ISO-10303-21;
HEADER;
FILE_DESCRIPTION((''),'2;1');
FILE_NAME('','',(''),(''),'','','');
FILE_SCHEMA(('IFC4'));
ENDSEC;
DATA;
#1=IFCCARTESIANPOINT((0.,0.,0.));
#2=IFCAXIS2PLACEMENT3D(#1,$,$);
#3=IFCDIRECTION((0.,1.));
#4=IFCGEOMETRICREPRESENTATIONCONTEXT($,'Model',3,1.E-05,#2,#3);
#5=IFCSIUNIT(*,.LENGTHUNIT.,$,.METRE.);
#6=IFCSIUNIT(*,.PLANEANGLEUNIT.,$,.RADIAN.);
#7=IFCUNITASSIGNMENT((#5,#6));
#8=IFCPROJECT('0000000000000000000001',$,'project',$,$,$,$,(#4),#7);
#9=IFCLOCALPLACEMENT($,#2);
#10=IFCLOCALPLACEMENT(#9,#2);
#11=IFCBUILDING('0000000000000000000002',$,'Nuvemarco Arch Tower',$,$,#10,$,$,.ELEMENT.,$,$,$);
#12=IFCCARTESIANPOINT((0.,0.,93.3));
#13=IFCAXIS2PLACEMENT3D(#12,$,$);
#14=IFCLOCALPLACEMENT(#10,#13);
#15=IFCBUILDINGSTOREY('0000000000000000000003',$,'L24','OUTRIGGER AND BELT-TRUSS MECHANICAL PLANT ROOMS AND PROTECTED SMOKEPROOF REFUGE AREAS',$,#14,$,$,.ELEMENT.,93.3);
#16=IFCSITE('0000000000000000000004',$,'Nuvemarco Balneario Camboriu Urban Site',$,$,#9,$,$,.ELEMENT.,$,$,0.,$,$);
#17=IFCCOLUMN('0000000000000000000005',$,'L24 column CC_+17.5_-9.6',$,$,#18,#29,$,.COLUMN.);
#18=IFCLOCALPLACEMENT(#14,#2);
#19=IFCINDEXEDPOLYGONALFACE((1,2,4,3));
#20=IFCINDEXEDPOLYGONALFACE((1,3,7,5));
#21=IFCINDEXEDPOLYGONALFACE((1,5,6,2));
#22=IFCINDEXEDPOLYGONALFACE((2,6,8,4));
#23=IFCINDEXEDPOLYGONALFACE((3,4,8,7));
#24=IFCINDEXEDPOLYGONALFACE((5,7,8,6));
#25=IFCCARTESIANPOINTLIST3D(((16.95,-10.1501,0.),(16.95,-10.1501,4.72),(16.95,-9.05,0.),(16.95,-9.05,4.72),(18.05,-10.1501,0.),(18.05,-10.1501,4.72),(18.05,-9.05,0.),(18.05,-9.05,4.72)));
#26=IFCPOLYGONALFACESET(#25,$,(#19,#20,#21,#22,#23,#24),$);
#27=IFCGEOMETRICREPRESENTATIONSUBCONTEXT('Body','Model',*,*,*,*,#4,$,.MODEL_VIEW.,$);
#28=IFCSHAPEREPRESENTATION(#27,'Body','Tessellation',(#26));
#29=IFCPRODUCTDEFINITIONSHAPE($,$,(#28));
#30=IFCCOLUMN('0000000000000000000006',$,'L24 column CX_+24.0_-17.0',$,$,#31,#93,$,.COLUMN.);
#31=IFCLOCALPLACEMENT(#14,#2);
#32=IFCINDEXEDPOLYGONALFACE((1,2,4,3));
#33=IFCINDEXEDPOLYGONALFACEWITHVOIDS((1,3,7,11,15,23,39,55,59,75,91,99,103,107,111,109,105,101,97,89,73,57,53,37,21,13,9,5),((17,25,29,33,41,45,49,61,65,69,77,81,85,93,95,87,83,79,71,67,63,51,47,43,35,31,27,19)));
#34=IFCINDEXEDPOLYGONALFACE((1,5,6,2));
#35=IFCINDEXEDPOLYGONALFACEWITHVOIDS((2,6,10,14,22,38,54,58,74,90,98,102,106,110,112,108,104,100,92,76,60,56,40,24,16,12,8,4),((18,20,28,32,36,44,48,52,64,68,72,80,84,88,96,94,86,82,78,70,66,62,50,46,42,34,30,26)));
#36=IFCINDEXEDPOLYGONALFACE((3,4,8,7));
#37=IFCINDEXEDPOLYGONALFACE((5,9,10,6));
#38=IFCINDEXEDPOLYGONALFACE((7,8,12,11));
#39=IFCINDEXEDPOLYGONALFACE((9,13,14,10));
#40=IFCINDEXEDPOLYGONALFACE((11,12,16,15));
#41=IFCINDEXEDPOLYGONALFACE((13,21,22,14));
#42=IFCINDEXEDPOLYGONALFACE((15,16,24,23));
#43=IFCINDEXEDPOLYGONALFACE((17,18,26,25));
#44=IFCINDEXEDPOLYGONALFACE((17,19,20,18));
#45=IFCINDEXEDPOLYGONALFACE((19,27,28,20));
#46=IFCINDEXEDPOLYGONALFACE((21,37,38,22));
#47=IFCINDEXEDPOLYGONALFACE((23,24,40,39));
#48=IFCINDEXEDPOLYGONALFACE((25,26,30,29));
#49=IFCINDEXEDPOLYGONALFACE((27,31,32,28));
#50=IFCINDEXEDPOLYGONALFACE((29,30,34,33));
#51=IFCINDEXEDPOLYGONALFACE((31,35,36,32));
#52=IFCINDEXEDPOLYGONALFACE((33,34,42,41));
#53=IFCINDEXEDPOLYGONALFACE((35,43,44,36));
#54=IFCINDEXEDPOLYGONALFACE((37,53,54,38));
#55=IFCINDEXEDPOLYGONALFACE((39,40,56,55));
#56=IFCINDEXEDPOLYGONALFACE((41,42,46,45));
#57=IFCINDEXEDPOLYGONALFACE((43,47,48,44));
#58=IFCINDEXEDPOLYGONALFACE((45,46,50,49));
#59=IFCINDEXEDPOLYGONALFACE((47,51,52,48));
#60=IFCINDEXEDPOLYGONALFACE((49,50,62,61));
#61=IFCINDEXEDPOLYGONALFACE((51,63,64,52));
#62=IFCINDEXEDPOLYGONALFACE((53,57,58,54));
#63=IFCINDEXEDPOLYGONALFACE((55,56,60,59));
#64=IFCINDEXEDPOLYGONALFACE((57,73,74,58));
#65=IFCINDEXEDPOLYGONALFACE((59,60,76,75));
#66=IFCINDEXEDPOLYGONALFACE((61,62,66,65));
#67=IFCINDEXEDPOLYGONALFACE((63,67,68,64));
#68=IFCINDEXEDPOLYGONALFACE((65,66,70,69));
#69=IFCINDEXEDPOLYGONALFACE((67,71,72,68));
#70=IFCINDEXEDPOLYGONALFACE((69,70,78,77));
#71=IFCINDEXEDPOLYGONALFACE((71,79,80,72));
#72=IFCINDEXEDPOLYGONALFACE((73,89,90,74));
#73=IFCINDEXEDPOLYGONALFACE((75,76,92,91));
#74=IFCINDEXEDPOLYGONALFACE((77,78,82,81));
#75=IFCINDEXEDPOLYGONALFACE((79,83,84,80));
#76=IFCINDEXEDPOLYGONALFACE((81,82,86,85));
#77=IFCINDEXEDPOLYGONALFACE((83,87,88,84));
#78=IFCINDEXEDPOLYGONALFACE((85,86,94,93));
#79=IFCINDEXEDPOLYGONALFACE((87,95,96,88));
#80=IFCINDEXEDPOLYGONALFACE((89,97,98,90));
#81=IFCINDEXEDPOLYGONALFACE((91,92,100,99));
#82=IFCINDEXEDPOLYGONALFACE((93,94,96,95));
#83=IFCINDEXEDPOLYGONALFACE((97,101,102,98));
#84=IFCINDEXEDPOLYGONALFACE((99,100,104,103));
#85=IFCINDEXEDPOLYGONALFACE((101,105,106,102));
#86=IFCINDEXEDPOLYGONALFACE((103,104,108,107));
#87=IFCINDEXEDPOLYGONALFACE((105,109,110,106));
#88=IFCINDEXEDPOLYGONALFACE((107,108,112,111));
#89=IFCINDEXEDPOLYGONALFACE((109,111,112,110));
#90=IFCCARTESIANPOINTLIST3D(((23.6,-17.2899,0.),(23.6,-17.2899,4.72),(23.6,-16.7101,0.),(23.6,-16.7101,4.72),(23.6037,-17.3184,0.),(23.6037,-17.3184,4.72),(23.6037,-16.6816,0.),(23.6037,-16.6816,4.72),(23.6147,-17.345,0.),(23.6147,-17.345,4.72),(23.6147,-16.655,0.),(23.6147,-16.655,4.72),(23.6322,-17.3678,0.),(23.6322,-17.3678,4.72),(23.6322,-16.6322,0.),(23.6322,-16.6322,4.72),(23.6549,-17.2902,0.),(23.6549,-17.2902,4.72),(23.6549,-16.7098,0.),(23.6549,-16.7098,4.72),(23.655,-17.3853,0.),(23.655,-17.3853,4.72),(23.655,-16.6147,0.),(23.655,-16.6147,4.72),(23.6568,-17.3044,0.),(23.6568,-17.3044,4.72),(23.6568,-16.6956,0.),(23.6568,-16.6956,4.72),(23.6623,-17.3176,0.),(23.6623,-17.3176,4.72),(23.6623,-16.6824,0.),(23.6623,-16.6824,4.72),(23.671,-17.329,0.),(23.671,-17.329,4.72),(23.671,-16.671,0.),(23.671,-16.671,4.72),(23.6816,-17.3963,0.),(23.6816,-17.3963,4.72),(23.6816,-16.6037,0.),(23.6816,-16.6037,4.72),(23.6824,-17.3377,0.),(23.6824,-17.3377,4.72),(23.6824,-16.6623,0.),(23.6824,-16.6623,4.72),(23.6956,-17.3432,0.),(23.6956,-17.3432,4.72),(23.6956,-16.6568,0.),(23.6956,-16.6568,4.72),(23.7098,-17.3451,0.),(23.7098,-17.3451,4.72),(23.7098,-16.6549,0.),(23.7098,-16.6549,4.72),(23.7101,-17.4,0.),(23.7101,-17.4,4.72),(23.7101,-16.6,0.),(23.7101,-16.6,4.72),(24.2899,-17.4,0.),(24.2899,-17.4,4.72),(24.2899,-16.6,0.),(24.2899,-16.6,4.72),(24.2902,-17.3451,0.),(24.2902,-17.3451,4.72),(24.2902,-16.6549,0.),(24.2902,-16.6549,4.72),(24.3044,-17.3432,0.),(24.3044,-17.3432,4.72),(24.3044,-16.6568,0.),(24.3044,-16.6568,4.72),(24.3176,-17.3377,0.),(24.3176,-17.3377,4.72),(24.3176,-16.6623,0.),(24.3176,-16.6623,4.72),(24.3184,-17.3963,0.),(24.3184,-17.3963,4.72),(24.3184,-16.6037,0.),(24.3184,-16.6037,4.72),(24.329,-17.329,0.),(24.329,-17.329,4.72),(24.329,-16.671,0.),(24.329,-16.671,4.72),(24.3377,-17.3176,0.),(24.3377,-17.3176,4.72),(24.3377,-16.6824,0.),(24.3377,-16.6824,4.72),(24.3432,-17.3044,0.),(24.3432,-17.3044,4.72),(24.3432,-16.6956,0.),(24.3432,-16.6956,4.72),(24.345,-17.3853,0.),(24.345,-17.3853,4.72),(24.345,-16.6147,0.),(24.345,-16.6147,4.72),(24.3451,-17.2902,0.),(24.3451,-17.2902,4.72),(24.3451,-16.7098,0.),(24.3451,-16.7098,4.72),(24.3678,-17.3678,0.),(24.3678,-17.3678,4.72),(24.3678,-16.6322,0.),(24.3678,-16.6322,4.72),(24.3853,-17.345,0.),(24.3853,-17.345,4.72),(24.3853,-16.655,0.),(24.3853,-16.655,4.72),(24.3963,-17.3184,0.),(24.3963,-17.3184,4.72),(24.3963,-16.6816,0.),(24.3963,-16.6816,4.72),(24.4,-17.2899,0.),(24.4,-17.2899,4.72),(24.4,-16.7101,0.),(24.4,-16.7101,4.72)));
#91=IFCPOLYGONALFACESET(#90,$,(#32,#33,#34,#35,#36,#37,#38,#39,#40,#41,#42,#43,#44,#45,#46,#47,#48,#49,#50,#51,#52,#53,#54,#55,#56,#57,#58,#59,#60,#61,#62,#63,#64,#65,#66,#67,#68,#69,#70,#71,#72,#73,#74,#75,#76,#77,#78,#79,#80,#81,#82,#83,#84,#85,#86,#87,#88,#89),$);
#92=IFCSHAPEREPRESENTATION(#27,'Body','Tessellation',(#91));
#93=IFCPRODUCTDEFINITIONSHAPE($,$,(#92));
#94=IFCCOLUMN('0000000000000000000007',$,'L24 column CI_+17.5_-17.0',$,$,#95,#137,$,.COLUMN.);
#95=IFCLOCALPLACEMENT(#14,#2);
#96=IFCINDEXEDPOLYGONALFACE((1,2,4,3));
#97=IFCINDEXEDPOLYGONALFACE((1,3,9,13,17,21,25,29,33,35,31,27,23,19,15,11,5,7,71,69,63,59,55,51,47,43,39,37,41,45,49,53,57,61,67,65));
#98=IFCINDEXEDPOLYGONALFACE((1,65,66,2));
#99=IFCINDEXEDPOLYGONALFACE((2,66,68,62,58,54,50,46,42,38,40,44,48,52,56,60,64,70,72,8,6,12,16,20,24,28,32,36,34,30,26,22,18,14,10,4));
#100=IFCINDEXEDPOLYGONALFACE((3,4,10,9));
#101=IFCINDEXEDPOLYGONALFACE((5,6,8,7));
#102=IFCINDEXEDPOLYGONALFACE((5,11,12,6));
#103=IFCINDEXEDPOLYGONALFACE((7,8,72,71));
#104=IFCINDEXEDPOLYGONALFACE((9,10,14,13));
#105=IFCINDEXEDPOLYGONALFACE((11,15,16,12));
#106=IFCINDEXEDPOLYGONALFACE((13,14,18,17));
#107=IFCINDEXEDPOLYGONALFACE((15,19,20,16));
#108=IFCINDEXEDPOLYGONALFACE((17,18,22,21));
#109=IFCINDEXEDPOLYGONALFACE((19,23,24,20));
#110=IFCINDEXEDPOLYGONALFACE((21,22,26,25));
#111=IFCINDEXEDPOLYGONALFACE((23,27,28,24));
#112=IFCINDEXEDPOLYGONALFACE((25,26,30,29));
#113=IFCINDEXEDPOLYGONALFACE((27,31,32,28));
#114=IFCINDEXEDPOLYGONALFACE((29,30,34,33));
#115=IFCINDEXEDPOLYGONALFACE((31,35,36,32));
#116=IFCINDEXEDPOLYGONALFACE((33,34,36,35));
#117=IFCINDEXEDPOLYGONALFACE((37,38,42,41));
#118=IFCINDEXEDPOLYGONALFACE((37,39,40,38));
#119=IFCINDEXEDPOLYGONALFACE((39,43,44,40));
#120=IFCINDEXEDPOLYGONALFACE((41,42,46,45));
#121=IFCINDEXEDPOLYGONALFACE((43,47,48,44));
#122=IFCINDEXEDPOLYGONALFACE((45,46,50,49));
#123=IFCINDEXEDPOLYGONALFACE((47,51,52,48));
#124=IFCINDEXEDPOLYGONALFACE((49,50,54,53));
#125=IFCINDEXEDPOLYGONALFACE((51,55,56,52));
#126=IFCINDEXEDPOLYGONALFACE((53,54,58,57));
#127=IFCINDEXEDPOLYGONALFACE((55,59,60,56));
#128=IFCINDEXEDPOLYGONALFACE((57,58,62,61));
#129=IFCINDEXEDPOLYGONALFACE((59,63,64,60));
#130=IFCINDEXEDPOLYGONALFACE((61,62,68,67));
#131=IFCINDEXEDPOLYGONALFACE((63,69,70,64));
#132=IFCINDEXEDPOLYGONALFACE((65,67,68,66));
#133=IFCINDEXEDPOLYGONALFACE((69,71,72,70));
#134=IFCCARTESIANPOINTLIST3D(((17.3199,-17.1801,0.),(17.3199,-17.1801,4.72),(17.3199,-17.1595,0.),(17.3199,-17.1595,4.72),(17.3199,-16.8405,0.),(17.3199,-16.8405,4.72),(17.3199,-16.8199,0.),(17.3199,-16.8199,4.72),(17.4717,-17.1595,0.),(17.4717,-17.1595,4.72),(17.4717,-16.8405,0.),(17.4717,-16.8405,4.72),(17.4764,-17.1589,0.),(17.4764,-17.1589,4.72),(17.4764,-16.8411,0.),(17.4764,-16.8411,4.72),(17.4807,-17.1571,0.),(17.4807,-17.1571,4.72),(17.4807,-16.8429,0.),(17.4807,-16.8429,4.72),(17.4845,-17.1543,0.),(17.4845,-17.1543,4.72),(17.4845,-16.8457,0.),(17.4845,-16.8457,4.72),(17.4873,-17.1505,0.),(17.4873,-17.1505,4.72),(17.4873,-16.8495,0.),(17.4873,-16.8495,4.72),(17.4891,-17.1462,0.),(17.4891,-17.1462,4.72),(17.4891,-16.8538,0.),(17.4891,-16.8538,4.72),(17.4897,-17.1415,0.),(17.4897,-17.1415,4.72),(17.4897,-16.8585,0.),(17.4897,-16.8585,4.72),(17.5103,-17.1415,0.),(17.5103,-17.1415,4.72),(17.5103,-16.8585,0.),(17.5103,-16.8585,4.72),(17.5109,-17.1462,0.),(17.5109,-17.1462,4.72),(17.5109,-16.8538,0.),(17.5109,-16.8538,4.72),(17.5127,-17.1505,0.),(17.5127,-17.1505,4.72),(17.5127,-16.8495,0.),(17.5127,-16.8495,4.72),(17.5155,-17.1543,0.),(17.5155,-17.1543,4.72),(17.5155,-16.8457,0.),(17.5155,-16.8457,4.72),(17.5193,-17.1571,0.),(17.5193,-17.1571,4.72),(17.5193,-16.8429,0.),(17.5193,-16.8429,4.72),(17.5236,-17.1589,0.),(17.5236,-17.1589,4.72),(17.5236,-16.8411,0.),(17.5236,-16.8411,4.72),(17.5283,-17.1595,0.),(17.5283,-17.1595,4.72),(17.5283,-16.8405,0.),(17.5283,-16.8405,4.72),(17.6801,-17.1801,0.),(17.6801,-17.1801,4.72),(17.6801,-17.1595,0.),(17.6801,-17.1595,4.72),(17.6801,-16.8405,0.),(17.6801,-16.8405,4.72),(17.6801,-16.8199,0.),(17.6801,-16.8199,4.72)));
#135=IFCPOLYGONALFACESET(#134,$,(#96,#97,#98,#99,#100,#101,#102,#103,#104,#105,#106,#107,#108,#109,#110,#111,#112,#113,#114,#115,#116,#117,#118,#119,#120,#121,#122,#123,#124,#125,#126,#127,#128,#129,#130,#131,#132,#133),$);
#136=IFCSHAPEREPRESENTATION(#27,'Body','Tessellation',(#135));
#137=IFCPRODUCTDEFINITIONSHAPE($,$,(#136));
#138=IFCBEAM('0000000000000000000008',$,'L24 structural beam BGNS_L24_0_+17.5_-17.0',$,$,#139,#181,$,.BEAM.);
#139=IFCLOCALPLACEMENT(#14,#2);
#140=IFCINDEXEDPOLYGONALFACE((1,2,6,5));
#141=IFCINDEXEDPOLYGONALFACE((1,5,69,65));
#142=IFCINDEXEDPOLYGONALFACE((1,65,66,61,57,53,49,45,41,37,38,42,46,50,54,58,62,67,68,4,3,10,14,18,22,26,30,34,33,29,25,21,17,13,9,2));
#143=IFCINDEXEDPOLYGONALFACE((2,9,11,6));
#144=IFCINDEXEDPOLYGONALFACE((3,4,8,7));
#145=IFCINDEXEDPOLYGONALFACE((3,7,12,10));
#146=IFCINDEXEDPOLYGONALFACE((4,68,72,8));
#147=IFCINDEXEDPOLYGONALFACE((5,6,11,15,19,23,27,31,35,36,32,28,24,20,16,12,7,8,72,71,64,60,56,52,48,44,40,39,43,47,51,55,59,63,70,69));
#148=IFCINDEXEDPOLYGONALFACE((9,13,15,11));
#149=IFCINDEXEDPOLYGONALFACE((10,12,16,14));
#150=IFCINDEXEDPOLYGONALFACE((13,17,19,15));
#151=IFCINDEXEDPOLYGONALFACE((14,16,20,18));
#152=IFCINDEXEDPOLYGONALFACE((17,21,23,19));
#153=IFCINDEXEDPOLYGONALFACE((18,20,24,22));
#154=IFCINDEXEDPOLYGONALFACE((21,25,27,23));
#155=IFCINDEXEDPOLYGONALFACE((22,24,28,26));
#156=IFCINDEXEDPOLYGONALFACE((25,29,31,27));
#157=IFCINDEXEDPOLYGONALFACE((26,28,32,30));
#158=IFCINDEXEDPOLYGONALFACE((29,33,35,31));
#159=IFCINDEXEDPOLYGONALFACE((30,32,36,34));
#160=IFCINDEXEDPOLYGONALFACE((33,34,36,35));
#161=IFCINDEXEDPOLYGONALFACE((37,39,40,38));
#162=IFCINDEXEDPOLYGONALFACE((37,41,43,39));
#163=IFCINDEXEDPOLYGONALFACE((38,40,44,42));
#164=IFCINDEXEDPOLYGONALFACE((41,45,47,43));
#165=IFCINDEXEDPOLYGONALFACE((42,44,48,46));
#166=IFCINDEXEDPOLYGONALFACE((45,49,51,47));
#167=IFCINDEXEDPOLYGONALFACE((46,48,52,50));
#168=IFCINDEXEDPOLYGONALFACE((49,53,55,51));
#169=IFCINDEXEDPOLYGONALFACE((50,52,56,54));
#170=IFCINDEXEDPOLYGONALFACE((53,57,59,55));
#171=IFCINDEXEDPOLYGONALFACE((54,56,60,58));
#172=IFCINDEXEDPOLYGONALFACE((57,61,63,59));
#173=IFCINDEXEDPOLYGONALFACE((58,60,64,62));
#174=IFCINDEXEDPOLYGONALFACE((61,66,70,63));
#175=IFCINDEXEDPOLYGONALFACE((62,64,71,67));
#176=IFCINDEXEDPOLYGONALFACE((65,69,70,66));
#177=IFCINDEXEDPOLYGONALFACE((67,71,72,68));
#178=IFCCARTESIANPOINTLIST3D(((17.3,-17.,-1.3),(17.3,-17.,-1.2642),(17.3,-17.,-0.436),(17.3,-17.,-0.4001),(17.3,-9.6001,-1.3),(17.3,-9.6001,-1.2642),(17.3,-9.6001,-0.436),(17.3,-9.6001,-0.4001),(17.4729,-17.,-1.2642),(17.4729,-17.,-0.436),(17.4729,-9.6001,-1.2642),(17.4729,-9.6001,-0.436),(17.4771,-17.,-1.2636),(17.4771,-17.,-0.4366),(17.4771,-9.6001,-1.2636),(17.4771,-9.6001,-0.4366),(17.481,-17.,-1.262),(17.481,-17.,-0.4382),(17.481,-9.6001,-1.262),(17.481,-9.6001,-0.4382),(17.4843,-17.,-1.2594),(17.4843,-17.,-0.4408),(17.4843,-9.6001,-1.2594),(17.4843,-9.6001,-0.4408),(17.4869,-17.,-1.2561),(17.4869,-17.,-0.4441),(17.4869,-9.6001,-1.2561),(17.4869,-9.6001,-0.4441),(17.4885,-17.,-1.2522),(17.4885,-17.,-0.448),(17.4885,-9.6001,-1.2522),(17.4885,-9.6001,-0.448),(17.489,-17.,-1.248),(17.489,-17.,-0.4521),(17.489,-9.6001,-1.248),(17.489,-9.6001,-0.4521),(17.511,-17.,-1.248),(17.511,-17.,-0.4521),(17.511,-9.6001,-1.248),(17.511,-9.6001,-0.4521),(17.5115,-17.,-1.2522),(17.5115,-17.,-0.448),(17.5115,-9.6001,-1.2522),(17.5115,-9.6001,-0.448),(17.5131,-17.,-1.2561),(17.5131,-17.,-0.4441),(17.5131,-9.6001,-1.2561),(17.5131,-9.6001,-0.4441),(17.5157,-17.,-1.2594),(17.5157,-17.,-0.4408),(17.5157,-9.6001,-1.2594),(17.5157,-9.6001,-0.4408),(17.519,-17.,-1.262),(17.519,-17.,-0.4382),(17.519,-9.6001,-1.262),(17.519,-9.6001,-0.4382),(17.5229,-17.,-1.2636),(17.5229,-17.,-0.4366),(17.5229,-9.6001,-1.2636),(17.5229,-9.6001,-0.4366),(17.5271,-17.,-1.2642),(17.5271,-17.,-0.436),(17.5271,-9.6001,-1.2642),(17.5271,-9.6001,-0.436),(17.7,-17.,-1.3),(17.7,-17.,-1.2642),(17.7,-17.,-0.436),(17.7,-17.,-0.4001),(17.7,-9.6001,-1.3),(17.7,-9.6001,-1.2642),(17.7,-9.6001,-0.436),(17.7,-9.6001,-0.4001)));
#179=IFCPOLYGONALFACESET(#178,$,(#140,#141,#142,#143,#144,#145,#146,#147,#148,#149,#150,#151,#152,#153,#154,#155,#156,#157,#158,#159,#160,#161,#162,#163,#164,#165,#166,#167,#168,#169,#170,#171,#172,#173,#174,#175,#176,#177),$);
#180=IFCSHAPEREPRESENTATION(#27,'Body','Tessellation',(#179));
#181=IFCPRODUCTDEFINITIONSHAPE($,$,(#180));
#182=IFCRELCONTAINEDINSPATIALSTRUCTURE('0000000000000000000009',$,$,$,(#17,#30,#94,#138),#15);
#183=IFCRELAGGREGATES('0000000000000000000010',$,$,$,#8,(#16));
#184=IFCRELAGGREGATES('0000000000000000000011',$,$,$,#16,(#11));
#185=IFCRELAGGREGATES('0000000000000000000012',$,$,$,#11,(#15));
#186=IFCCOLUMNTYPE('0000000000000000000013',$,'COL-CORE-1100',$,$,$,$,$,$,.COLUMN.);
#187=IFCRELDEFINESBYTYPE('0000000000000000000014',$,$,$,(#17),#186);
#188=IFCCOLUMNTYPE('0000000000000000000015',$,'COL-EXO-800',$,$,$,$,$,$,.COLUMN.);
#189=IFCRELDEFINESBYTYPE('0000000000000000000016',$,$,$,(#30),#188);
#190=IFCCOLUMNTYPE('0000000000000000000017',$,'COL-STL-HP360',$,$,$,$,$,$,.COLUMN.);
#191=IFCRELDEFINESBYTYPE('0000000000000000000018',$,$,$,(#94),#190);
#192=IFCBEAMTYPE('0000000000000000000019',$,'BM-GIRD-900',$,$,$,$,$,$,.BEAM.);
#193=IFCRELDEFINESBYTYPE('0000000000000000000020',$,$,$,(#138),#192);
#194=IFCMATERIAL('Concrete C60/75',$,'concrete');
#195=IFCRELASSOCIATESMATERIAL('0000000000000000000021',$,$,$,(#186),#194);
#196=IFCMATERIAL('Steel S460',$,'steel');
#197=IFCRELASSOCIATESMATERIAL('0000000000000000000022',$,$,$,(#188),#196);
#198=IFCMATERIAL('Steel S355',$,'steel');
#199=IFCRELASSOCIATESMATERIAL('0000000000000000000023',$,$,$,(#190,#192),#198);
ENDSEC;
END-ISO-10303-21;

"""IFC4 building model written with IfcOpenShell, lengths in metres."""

from ifc_helpers import new_model, si_unit, direction, frame, origin, origin_2d, place, context, subcontext, project, spatial, rectangle, hollow_rectangle, i_section, extrude, material, material_profile, profile_set, type_object, element, save


model = new_model("IFC4")

# Units and contexts
model_context = context("Model", 3, precision=1e-05, world=origin(), true_north=direction((0.0, 1.0)))
body_context = subcontext(model_context, "Body", "Model", "MODEL_VIEW")
ifc_project = project(units=[si_unit("LENGTHUNIT", "METRE"), si_unit("PLANEANGLEUNIT", "RADIAN")], contexts=[model_context])

# Site, building, storey
site_placement = place(None, origin())
site = spatial("IfcSite", under=ifc_project, at=site_placement, Name="Nuvemarco Balneario Camboriu Urban Site", CompositionType="ELEMENT", RefElevation=0.0)
building_placement = place(site_placement, origin())
building = spatial("IfcBuilding", under=site, at=building_placement, Name="Nuvemarco Arch Tower", CompositionType="ELEMENT")
storey_placement = place(building_placement, frame((0.0, 0.0, 93.3)))
storey = spatial("IfcBuildingStorey", under=building, at=storey_placement, Name="L24", Description="OUTRIGGER AND BELT-TRUSS MECHANICAL PLANT ROOMS AND PROTECTED SMOKEPROOF REFUGE AREAS", CompositionType="ELEMENT", Elevation=93.3)

# Columns
ifc_material_1 = material(Name="Concrete C60/75", Category="concrete")
ifc_material_profile_1 = material_profile(ifc_material_1, rectangle(XDim=1.1001, YDim=1.1001, at=origin_2d()), Name="RC-COL-1100x1100")
ifc_profile_set_1 = profile_set([ifc_material_profile_1], Name="Concrete C60/75")
column_type_1 = type_object("IfcColumnType", Name="COL-CORE-1100", PredefinedType="COLUMN", material=ifc_profile_set_1)
column_1_placement = place(storey_placement, frame((17.5, -9.6001, 0.0), z_axis=(0.0, 0.0, 1.0), x_axis=(1.0, 0.0, 0.0)))
element("IfcColumn", 1, at=column_1_placement, inside=storey, type_object=column_type_1, Name="L24 column CC_+17.5_-9.6", PredefinedType="COLUMN", context=body_context, shape_type="SweptSolid", body=[
    extrude(rectangle(XDim=1.1001, YDim=1.1001, at=origin_2d()), origin(), (0.0, 0.0, 1.0), 4.72),
])
ifc_material_2 = material(Name="Steel S460", Category="steel")
ifc_material_profile_2 = material_profile(ifc_material_2, hollow_rectangle(XDim=0.8, YDim=0.8, WallThickness=0.0549, InnerFilletRadius=0.0549, OuterFilletRadius=0.1101, at=origin_2d()), Name="SHS800x800x55")
ifc_profile_set_2 = profile_set([ifc_material_profile_2], Name="Steel S460")
column_type_2 = type_object("IfcColumnType", Name="COL-EXO-800", PredefinedType="COLUMN", material=ifc_profile_set_2)
column_2_placement = place(storey_placement, frame((24.0, -17.0, 0.0), z_axis=(0.0, 0.0, 1.0), x_axis=(1.0, 0.0, 0.0)))
element("IfcColumn", 2, at=column_2_placement, inside=storey, type_object=column_type_2, Name="L24 column CX_+24.0_-17.0", PredefinedType="COLUMN", context=body_context, shape_type="SweptSolid", body=[
    extrude(hollow_rectangle(XDim=0.8, YDim=0.8, WallThickness=0.0549, InnerFilletRadius=0.0549, OuterFilletRadius=0.1101, at=origin_2d()), origin(), (0.0, 0.0, 1.0), 4.72),
])
ifc_material_3 = material(Name="Steel S355", Category="steel")
ifc_material_profile_3 = material_profile(ifc_material_3, i_section(OverallWidth=0.3601, OverallDepth=0.3601, WebThickness=0.0205, FlangeThickness=0.0205, FilletRadius=0.0181, at=origin_2d()), Name="HP360x174")
ifc_profile_set_3 = profile_set([ifc_material_profile_3], Name="Steel S355")
column_type_3 = type_object("IfcColumnType", Name="COL-STL-HP360", PredefinedType="COLUMN", material=ifc_profile_set_3)
column_3_placement = place(storey_placement, frame((17.5, -17.0, 0.0), z_axis=(0.0, 0.0, 1.0), x_axis=(1.0, 0.0, 0.0)))
element("IfcColumn", 3, at=column_3_placement, inside=storey, type_object=column_type_3, Name="L24 column CI_+17.5_-17.0", PredefinedType="COLUMN", context=body_context, shape_type="SweptSolid", body=[
    extrude(i_section(OverallWidth=0.3601, OverallDepth=0.3601, WebThickness=0.0205, FlangeThickness=0.0205, FilletRadius=0.0181, at=origin_2d()), origin(), (0.0, 0.0, 1.0), 4.72),
])

# Beam
ifc_material_profile_4 = material_profile(ifc_material_3, i_section(OverallWidth=0.3999, OverallDepth=0.8999, WebThickness=0.022, FlangeThickness=0.0359, FilletRadius=0.0161, at=origin_2d()), Name="PG900x400")
ifc_profile_set_4 = profile_set([ifc_material_profile_4], Name="Steel S355")
beam_type_1 = type_object("IfcBeamType", Name="BM-GIRD-900", PredefinedType="BEAM", material=ifc_profile_set_4)
beam_1_placement = place(storey_placement, frame((17.5, -17.0, -0.8501), z_axis=(0.0, 1.0, 0.0), x_axis=(-1.0, 0.0, 0.0)))
element("IfcBeam", 4, at=beam_1_placement, inside=storey, type_object=beam_type_1, Name="L24 structural beam BGNS_L24_0_+17.5_-17.0", PredefinedType="BEAM", context=body_context, shape_type="SweptSolid", body=[
    extrude(i_section(OverallWidth=0.3999, OverallDepth=0.8999, WebThickness=0.022, FlangeThickness=0.0359, FilletRadius=0.0161, at=origin_2d()), origin(), (0.0, 0.0, 1.0), 7.3999),
])

save(model, "model.ifc")
